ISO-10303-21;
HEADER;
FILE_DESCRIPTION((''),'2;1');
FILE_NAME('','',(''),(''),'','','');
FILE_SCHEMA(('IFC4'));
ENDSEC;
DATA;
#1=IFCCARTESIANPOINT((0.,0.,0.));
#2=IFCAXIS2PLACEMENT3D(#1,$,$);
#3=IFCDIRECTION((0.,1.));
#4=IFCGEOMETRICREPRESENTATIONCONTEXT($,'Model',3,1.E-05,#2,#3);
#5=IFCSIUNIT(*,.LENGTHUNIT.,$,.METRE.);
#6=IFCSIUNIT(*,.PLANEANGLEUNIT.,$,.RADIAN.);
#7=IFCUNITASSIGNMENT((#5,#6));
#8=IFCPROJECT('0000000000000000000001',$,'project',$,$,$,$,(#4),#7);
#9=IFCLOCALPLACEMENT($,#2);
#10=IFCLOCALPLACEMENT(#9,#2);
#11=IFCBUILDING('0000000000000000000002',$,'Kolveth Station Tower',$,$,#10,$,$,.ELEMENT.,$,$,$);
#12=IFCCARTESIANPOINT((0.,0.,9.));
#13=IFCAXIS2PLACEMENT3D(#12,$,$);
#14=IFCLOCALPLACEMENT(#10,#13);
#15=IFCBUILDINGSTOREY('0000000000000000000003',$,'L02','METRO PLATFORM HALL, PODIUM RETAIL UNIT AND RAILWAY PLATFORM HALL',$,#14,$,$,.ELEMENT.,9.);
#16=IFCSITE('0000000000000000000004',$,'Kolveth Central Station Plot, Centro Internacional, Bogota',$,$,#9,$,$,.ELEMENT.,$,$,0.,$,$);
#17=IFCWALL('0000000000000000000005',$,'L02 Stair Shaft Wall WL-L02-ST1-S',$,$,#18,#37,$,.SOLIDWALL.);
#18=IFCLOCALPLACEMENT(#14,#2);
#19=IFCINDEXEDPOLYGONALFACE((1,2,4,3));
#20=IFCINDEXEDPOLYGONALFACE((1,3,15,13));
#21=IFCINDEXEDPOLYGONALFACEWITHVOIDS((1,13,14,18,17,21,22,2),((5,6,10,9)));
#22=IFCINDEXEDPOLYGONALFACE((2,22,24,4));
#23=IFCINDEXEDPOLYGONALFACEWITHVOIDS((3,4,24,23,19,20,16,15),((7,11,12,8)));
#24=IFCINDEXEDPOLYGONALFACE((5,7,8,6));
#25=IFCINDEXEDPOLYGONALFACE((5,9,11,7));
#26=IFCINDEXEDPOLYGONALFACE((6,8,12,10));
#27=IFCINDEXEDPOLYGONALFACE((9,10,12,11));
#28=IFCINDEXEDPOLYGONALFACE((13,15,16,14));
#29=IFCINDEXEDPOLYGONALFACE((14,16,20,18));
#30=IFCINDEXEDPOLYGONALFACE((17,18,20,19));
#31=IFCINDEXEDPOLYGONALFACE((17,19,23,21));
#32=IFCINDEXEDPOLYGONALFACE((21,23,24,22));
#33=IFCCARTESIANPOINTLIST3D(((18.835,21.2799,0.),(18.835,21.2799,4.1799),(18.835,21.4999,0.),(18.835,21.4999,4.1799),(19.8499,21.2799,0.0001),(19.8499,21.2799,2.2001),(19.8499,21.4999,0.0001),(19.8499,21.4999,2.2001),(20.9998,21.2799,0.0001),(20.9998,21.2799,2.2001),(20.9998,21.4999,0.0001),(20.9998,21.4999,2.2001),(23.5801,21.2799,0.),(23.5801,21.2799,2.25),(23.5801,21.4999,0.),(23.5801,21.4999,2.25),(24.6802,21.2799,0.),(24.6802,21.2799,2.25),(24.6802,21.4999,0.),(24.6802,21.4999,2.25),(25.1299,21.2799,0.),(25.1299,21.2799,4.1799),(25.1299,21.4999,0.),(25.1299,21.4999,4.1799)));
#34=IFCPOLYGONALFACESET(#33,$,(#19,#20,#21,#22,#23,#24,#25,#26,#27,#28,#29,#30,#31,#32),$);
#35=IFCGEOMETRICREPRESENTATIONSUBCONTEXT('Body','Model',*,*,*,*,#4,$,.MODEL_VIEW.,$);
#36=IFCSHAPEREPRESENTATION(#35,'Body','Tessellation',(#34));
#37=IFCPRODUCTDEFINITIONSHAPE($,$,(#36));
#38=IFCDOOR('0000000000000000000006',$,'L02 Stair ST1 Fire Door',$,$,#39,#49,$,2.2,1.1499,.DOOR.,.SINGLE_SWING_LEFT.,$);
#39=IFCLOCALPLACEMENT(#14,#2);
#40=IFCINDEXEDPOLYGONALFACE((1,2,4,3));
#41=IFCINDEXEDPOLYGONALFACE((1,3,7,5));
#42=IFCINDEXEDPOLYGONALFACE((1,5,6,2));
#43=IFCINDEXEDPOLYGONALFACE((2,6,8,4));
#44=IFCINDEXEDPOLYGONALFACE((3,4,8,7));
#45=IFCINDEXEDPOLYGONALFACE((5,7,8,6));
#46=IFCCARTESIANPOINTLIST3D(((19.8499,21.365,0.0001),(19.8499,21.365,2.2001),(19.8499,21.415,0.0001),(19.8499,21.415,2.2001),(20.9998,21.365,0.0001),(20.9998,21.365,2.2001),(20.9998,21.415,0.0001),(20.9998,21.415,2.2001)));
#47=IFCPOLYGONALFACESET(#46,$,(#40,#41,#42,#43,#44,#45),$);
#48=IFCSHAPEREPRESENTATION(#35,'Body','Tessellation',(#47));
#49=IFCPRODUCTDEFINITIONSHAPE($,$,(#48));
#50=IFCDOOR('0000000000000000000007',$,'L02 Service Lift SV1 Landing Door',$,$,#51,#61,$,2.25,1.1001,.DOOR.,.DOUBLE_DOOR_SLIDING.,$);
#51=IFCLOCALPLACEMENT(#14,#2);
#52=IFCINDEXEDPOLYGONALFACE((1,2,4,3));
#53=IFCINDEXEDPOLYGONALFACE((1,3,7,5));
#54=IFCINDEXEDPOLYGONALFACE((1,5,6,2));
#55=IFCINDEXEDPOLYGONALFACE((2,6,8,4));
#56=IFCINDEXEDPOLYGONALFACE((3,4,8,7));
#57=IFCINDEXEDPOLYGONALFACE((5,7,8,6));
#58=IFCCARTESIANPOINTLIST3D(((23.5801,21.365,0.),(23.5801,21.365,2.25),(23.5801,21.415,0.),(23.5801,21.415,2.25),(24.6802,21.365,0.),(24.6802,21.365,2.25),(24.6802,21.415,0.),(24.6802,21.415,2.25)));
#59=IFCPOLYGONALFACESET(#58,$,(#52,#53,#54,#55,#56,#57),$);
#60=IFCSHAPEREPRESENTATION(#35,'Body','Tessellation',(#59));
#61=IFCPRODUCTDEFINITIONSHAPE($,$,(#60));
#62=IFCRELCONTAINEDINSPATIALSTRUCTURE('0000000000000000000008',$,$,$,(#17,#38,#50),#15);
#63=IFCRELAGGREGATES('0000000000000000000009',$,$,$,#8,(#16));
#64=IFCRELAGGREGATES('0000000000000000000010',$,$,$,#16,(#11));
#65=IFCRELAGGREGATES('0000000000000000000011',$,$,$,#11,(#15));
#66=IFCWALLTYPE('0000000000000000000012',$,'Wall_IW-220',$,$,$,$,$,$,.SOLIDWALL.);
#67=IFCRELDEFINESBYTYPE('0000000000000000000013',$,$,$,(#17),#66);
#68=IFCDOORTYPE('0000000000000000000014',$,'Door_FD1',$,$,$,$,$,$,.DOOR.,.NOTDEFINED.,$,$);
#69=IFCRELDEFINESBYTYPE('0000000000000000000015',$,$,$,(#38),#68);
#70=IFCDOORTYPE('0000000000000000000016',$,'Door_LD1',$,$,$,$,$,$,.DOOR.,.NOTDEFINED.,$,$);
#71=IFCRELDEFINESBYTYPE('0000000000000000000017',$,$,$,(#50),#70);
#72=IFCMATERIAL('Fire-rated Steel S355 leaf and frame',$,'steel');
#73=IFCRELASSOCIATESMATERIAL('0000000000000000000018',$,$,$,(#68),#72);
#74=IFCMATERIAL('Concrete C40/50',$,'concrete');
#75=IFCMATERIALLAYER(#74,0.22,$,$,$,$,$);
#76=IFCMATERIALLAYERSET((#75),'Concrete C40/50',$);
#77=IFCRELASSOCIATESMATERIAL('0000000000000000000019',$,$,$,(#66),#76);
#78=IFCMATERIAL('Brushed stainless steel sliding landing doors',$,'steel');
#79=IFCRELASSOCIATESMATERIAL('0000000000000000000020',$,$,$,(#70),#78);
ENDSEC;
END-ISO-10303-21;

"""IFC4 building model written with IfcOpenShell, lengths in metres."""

from ifc_helpers import new_model, si_unit, direction, frame, frame_2d, origin, place, context, subcontext, project, spatial, rectangle, extrude, material, layer, layer_set, type_object, element, fill, save


model = new_model("IFC4")

# Units and contexts
model_context = context("Model", 3, precision=1e-05, world=origin(), true_north=direction((0.0, 1.0)))
body_context = subcontext(model_context, "Body", "Model", "MODEL_VIEW")
ifc_project = project(units=[si_unit("LENGTHUNIT", "METRE"), si_unit("PLANEANGLEUNIT", "RADIAN")], contexts=[model_context])

# Site, building, storey
site_placement = place(None, origin())
site = spatial("IfcSite", under=ifc_project, at=site_placement, Name="Kolveth Central Station Plot, Centro Internacional, Bogota", CompositionType="ELEMENT", RefElevation=0.0)
building_placement = place(site_placement, origin())
building = spatial("IfcBuilding", under=site, at=building_placement, Name="Kolveth Station Tower", CompositionType="ELEMENT")
storey_placement = place(building_placement, frame((0.0, 0.0, 9.0)))
storey = spatial("IfcBuildingStorey", under=building, at=storey_placement, Name="L02", Description="METRO PLATFORM HALL, PODIUM RETAIL UNIT AND RAILWAY PLATFORM HALL", CompositionType="ELEMENT", Elevation=9.0)

# Shared definitions
ifc_material_1 = material(Name="Fire-rated Steel S355 leaf and frame", Category="steel")
door_type_1 = type_object("IfcDoorType", Name="Door_FD1", OperationType="NOTDEFINED", PredefinedType="DOOR", material=ifc_material_1)

# Shared definitions
ifc_material_2 = material(Name="Concrete C40/50", Category="concrete")
ifc_layer_1 = layer(ifc_material_2, 0.22)
ifc_layer_set_1 = layer_set([ifc_layer_1], Name="Concrete C40/50")
wall_type_1 = type_object("IfcWallType", Name="Wall_IW-220", PredefinedType="SOLIDWALL", material=ifc_layer_set_1)

# Wall, openings, doors
wall_1_placement = place(storey_placement, frame((18.835, 21.3899, 0.0), z_axis=(0.0, 0.0, 1.0), x_axis=(1.0, 0.0, 0.0)))
wall_1 = element("IfcWall", 1, at=wall_1_placement, inside=storey, type_object=wall_type_1, Name="L02 Stair Shaft Wall WL-L02-ST1-S", PredefinedType="SOLIDWALL", context=body_context, shape_type="SweptSolid", body=[
    extrude(rectangle(XDim=6.2949, YDim=0.22, at=frame_2d((3.1475, 0.0))), origin(), (0.0, 0.0, 1.0), 4.1799),
])
opening_1_placement = place(wall_1_placement, frame((1.0149, 0.0, 0.0)))
opening_1 = element("IfcOpeningElement", 2, at=opening_1_placement, cuts=wall_1, PredefinedType="OPENING", context=body_context, shape_type="SweptSolid", body=[
    extrude(rectangle(XDim=1.1499, YDim=2.2, at=frame_2d((0.575, 1.1001))), frame((0.0, 0.1199, 0.0), z_axis=(0.0, -1.0, 0.0), x_axis=(1.0, 0.0, 0.0)), (0.0, 0.0, 1.0), 0.24),
])
opening_2_placement = place(wall_1_placement, frame((4.7451, 0.0, 0.0)))
opening_2 = element("IfcOpeningElement", 3, at=opening_2_placement, cuts=wall_1, PredefinedType="OPENING", context=body_context, shape_type="SweptSolid", body=[
    extrude(rectangle(XDim=1.1001, YDim=2.25, at=frame_2d((0.55, 1.125))), frame((0.0, 0.1199, 0.0), z_axis=(0.0, -1.0, 0.0), x_axis=(1.0, 0.0, 0.0)), (0.0, 0.0, 1.0), 0.24),
])
door_1_placement = place(opening_1_placement, frame((1.1499, 0.0, 0.0), z_axis=(0.0, 0.0, 1.0), x_axis=(-1.0, 0.0, 0.0)))
door_1 = element("IfcDoor", 4, at=door_1_placement, inside=storey, type_object=door_type_1, Name="L02 Stair ST1 Fire Door", OperationType="SINGLE_SWING_LEFT", OverallHeight=2.2, OverallWidth=1.1499, PredefinedType="DOOR", context=body_context, shape_type="SweptSolid", body=[
    extrude(rectangle(XDim=1.1499, YDim=2.2, at=frame_2d((0.575, 1.1001))), frame((0.0, 0.0249, 0.0), z_axis=(0.0, -1.0, 0.0), x_axis=(1.0, 0.0, 0.0)), (0.0, 0.0, 1.0), 0.05),
])
fill(opening_1, door_1)
ifc_material_3 = material(Name="Brushed stainless steel sliding landing doors", Category="steel")
door_type_2 = type_object("IfcDoorType", Name="Door_LD1", OperationType="NOTDEFINED", PredefinedType="DOOR", material=ifc_material_3)
door_2_placement = place(opening_2_placement, frame((1.1001, 0.0, 0.0), z_axis=(0.0, 0.0, 1.0), x_axis=(-1.0, 0.0, 0.0)))
door_2 = element("IfcDoor", 5, at=door_2_placement, inside=storey, type_object=door_type_2, Name="L02 Service Lift SV1 Landing Door", OperationType="DOUBLE_DOOR_SLIDING", OverallHeight=2.25, OverallWidth=1.1001, PredefinedType="DOOR", context=body_context, shape_type="SweptSolid", body=[
    extrude(rectangle(XDim=1.1001, YDim=2.25, at=frame_2d((0.55, 1.125))), frame((0.0, 0.0249, 0.0), z_axis=(0.0, -1.0, 0.0), x_axis=(1.0, 0.0, 0.0)), (0.0, 0.0, 1.0), 0.05),
])
fill(opening_2, door_2)

save(model, "model.ifc")
